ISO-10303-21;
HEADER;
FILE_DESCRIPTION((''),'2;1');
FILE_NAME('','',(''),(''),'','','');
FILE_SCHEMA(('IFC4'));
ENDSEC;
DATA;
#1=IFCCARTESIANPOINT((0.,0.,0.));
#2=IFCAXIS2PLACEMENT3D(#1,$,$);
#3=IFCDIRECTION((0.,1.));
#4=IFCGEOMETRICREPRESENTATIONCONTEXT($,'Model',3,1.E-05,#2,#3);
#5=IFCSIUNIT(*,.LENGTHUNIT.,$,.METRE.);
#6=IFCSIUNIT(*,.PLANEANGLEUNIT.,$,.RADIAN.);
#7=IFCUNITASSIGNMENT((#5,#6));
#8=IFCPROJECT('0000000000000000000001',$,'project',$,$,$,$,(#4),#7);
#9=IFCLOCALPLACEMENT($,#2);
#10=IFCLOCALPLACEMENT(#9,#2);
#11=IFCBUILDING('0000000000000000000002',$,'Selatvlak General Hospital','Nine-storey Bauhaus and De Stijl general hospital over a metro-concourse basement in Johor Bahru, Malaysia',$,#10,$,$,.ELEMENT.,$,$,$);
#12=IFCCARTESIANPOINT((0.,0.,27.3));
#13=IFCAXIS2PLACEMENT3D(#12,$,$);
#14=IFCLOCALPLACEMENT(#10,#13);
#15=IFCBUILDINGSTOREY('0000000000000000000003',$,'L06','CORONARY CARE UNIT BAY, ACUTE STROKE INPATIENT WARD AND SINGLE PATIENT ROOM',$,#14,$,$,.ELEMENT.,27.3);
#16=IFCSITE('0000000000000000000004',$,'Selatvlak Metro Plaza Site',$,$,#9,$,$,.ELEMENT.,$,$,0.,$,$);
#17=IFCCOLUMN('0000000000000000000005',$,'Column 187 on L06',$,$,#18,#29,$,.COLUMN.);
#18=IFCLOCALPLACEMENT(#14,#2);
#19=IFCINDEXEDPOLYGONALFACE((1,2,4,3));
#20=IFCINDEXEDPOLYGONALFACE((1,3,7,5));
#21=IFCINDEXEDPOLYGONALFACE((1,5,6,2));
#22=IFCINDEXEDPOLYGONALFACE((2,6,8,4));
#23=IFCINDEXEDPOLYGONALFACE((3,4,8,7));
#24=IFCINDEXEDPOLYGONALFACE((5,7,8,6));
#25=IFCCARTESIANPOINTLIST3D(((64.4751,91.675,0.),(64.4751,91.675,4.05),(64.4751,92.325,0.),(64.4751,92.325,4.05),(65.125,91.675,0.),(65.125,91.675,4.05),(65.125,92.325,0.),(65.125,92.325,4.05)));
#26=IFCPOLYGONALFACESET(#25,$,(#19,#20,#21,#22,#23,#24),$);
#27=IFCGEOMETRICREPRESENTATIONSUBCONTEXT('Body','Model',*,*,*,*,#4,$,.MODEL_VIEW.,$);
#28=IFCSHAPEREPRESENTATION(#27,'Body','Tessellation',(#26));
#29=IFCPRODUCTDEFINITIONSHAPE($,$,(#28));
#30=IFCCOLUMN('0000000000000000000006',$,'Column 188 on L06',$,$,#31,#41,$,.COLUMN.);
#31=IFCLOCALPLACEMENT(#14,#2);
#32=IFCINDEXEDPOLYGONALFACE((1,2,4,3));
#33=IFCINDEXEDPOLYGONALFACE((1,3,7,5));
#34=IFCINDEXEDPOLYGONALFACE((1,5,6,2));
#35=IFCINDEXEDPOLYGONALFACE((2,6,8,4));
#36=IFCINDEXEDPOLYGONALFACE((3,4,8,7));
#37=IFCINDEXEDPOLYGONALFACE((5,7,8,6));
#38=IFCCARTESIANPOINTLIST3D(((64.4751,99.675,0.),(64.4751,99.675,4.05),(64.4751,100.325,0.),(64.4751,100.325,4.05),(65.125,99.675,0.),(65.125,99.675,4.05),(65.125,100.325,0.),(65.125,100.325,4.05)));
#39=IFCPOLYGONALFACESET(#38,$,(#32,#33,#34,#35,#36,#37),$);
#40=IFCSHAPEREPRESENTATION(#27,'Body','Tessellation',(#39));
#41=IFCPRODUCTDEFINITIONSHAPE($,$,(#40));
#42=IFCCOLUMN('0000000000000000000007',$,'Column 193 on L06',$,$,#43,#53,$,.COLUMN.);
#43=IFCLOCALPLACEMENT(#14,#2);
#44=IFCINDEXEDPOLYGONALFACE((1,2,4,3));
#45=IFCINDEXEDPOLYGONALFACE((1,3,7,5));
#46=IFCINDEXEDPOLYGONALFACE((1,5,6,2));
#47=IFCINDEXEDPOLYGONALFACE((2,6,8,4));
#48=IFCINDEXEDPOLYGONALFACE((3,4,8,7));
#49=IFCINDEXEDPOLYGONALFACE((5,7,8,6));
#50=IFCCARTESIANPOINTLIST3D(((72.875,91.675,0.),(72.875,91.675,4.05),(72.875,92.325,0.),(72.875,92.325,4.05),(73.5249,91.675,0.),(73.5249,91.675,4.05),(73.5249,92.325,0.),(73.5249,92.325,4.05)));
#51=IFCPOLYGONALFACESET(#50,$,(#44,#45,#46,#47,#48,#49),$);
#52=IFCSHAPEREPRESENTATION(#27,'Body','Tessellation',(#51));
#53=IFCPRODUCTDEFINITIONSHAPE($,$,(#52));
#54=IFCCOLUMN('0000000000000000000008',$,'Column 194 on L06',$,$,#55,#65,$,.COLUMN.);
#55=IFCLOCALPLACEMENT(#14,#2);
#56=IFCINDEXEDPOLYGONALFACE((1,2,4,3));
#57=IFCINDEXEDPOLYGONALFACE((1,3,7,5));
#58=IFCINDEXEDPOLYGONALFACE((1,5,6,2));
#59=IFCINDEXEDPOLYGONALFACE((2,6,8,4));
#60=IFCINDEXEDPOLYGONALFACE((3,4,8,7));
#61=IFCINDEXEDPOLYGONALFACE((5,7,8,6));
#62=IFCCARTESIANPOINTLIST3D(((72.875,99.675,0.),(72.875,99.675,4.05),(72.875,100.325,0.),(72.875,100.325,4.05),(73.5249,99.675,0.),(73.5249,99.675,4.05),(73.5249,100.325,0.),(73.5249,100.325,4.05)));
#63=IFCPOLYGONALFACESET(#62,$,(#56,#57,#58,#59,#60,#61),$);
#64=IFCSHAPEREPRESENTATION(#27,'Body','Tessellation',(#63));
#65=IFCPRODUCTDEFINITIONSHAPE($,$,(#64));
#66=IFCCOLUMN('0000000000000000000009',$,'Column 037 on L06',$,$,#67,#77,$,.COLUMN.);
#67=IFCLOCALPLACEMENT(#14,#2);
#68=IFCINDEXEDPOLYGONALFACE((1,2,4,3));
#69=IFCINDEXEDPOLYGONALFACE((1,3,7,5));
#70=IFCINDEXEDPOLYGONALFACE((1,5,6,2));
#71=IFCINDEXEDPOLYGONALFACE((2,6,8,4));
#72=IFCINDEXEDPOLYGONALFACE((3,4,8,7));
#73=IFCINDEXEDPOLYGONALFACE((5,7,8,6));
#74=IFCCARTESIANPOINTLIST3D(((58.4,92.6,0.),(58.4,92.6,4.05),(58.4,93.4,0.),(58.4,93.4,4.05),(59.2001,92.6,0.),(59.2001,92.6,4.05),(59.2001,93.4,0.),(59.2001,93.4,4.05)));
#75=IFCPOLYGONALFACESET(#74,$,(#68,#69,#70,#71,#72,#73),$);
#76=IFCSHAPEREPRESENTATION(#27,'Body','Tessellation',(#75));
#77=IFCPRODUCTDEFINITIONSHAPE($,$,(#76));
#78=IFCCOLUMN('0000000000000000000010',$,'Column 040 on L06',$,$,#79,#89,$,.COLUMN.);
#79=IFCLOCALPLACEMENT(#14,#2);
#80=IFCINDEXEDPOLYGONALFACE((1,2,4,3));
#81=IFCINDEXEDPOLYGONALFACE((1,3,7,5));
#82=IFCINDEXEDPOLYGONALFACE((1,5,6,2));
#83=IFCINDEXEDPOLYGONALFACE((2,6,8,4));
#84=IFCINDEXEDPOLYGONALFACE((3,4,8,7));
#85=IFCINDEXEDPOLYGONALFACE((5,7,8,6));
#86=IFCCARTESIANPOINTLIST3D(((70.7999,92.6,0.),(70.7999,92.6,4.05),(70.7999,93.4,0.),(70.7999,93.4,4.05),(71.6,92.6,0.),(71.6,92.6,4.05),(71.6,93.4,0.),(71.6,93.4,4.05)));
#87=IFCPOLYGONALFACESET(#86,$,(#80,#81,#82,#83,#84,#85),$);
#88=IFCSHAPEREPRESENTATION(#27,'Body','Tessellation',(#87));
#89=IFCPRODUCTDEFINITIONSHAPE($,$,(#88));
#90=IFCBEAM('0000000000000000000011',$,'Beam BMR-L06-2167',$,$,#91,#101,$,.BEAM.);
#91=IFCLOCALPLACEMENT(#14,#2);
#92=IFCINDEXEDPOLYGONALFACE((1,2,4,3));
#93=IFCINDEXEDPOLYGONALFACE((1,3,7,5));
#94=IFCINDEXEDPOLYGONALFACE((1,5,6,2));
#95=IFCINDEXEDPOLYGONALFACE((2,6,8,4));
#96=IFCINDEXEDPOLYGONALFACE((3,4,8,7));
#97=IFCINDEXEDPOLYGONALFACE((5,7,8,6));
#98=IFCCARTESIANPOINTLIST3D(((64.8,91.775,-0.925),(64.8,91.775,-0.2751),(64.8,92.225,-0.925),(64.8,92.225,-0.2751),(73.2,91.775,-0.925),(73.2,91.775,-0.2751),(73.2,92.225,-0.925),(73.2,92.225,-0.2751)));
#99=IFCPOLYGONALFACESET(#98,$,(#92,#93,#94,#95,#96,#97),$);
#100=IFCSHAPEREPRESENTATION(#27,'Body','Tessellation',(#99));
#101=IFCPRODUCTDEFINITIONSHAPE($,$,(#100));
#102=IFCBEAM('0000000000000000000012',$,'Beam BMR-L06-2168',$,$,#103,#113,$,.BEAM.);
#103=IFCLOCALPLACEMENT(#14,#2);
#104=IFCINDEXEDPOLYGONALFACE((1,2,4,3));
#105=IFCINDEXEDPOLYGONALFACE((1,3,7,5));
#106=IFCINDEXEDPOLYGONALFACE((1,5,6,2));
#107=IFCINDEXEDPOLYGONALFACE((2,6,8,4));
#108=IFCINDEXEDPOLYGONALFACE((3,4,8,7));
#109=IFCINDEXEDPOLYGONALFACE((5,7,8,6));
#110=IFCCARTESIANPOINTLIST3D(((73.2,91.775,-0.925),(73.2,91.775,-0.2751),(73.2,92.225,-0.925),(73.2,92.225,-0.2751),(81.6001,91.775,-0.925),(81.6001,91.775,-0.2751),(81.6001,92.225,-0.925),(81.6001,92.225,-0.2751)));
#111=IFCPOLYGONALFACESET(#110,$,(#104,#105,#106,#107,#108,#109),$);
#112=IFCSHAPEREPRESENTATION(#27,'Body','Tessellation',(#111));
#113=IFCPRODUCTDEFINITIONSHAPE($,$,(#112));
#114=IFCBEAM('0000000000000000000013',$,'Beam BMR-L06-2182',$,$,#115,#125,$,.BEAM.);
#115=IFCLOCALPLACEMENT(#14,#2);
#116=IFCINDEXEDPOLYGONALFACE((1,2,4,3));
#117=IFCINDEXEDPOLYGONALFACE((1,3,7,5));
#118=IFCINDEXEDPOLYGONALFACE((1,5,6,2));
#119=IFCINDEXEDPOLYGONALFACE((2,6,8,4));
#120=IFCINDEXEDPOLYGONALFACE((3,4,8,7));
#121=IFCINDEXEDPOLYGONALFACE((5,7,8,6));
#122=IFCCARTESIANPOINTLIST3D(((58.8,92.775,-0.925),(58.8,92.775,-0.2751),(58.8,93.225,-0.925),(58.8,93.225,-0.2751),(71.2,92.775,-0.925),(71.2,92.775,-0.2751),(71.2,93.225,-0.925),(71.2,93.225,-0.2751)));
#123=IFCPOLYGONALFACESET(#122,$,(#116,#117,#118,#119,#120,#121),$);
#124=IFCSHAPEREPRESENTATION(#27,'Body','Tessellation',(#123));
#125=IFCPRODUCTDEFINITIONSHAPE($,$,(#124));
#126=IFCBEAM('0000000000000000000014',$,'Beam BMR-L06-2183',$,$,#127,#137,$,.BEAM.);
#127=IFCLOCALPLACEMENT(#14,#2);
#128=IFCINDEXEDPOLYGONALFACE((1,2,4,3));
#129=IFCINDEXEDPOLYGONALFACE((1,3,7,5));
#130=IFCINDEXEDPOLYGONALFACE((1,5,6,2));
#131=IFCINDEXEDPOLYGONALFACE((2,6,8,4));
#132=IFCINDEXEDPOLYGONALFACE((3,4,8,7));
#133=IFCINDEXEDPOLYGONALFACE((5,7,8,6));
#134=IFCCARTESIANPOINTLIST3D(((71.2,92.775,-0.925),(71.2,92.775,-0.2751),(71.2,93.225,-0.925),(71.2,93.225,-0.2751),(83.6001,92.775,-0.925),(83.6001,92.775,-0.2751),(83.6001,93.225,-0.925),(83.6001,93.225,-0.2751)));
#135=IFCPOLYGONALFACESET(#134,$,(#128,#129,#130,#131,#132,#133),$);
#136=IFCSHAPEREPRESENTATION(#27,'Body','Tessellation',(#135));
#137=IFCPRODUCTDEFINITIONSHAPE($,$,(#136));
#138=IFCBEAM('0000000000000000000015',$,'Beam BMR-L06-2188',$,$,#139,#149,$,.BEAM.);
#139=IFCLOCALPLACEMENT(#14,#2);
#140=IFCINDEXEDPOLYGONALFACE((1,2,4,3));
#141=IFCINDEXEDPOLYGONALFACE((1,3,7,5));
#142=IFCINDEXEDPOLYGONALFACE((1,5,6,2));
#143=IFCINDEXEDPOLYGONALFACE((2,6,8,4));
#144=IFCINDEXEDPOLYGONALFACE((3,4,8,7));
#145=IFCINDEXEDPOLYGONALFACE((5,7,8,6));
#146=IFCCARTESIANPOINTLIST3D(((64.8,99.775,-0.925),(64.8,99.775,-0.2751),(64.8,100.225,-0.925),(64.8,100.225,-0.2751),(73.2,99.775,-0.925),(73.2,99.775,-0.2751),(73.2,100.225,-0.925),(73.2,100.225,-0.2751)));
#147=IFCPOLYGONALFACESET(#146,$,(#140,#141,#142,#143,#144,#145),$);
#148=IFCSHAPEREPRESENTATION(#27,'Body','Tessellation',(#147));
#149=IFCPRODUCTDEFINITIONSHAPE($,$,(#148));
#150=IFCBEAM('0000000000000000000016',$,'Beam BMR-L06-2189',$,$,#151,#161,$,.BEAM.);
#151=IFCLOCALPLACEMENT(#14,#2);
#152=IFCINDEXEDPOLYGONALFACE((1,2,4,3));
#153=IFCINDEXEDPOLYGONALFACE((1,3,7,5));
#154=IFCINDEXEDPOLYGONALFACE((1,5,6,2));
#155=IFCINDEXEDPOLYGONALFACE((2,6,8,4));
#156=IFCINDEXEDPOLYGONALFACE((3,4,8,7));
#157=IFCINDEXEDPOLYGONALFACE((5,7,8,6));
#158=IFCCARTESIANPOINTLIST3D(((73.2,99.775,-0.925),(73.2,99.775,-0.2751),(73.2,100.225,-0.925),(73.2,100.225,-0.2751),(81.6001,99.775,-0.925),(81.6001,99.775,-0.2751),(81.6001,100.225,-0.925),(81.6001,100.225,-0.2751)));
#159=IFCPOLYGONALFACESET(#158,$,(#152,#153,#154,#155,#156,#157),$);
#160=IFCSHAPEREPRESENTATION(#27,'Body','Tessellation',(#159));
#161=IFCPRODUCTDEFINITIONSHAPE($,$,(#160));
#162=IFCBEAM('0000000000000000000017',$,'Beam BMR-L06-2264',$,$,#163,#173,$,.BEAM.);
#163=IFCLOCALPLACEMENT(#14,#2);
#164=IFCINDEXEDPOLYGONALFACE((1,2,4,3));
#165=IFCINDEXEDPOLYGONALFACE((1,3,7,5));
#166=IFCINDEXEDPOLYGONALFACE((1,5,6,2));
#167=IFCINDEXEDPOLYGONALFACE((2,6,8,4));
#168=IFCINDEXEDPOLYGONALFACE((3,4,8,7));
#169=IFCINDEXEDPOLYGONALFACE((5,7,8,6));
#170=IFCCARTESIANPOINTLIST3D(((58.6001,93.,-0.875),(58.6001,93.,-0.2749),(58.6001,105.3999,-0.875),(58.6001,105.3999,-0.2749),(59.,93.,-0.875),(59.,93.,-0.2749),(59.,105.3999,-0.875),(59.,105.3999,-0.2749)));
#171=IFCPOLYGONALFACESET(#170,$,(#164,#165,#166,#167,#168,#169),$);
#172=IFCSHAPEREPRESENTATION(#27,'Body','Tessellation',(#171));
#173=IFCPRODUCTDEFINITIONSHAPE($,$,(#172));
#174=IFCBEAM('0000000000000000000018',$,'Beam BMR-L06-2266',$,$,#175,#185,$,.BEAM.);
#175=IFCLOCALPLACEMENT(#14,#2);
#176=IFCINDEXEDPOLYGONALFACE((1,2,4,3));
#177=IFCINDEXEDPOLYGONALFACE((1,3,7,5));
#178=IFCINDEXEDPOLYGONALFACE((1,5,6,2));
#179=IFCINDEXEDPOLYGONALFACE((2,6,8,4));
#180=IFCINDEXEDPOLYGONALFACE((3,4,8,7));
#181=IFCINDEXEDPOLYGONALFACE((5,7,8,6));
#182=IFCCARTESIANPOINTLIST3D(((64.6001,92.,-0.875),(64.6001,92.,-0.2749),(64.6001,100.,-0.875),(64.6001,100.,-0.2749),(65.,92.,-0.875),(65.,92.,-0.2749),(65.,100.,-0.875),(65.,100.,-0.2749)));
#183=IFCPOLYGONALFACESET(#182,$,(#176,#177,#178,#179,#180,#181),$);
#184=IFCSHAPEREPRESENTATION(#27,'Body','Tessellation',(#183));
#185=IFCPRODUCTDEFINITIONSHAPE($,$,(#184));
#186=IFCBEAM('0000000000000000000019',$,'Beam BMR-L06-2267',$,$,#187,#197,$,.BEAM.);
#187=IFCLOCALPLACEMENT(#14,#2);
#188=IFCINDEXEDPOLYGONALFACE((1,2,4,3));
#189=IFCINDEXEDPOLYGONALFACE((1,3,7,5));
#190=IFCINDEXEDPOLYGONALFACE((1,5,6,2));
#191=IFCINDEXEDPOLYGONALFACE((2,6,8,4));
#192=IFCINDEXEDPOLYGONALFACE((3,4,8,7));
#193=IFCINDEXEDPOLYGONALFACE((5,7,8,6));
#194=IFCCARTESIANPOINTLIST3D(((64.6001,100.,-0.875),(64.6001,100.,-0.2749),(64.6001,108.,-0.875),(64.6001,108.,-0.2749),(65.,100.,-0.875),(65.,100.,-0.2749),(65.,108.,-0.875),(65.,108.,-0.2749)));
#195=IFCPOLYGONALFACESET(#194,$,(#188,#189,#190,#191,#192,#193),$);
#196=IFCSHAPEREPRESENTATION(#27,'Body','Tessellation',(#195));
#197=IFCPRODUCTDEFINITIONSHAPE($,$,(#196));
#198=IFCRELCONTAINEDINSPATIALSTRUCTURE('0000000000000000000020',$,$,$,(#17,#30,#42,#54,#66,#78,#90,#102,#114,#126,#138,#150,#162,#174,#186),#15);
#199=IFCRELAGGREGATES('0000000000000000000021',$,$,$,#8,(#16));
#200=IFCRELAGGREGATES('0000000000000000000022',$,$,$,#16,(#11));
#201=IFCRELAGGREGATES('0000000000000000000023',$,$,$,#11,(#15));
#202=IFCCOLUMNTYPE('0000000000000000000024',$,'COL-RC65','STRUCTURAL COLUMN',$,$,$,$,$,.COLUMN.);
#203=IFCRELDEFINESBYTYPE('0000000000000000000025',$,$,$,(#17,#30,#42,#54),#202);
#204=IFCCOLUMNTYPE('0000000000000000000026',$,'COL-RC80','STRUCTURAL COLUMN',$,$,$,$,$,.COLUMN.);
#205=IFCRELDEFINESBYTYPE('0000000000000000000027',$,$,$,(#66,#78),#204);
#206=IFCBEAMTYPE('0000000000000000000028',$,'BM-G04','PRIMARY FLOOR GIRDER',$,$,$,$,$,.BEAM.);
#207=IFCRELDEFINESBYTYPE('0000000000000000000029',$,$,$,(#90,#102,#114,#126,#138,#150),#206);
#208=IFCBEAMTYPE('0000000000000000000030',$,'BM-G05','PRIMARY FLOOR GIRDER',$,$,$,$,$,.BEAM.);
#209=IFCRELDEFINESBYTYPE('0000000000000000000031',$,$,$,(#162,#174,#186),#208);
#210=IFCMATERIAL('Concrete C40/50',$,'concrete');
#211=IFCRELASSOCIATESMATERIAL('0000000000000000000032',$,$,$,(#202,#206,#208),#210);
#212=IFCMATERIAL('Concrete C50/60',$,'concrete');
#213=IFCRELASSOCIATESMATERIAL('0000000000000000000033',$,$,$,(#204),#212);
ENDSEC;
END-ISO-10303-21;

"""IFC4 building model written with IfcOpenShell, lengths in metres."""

from ifc_helpers import new_model, si_unit, direction, frame, origin, origin_2d, place, context, subcontext, project, spatial, rectangle, extrude, material, material_profile, profile_set, type_object, element, save


model = new_model("IFC4")

# Units and contexts
model_context = context("Model", 3, precision=1e-05, world=origin(), true_north=direction((0.0, 1.0)))
body_context = subcontext(model_context, "Body", "Model", "MODEL_VIEW")
ifc_project = project(units=[si_unit("LENGTHUNIT", "METRE"), si_unit("PLANEANGLEUNIT", "RADIAN")], contexts=[model_context])

# Site, building, storey
site_placement = place(None, origin())
site = spatial("IfcSite", under=ifc_project, at=site_placement, Name="Selatvlak Metro Plaza Site", CompositionType="ELEMENT", RefElevation=0.0)
building_placement = place(site_placement, origin())
building = spatial("IfcBuilding", under=site, at=building_placement, Name="Selatvlak General Hospital", Description="Nine-storey Bauhaus and De Stijl general hospital over a metro-concourse basement in Johor Bahru, Malaysia", CompositionType="ELEMENT")
storey_placement = place(building_placement, frame((0.0, 0.0, 27.3)))
storey = spatial("IfcBuildingStorey", under=building, at=storey_placement, Name="L06", Description="CORONARY CARE UNIT BAY, ACUTE STROKE INPATIENT WARD AND SINGLE PATIENT ROOM", CompositionType="ELEMENT", Elevation=27.3)

# Columns
ifc_material_1 = material(Name="Concrete C40/50", Category="concrete")
ifc_material_profile_1 = material_profile(ifc_material_1, rectangle(XDim=0.6499, YDim=0.6499, at=origin_2d()), Name="RC-COL 650x650")
ifc_profile_set_1 = profile_set([ifc_material_profile_1], Name="Concrete C40/50")
column_type_1 = type_object("IfcColumnType", Name="COL-RC65", Description="STRUCTURAL COLUMN", PredefinedType="COLUMN", material=ifc_profile_set_1)
for number, where, z_axis, x_axis, name in (
    (1, (64.8, 92.0, 0.0), (0.0, 0.0, 1.0), (1.0, 0.0, 0.0), "Column 187 on L06"),
    (2, (64.8, 100.0, 0.0), (0.0, 0.0, 1.0), (1.0, 0.0, 0.0), "Column 188 on L06"),
    (3, (73.2, 92.0, 0.0), (0.0, 0.0, 1.0), (1.0, 0.0, 0.0), "Column 193 on L06"),
    (4, (73.2, 100.0, 0.0), (0.0, 0.0, 1.0), (1.0, 0.0, 0.0), "Column 194 on L06"),
):
    element("IfcColumn", number, at=place(storey_placement, frame(where, z_axis=z_axis, x_axis=x_axis)), inside=storey, type_object=column_type_1, Name=name, PredefinedType="COLUMN", context=body_context, shape_type="SweptSolid", body=[
        extrude(rectangle(XDim=0.6499, YDim=0.6499, at=origin_2d()), origin(), (0.0, 0.0, 1.0), 4.05),
    ])
ifc_material_2 = material(Name="Concrete C50/60", Category="concrete")
ifc_material_profile_2 = material_profile(ifc_material_2, rectangle(XDim=0.8, YDim=0.8, at=origin_2d()), Name="RC-COL 800x800")
ifc_profile_set_2 = profile_set([ifc_material_profile_2], Name="Concrete C50/60")
column_type_2 = type_object("IfcColumnType", Name="COL-RC80", Description="STRUCTURAL COLUMN", PredefinedType="COLUMN", material=ifc_profile_set_2)
for number, where, z_axis, x_axis, name in (
    (5, (58.8, 93.0, 0.0), (0.0, 0.0, 1.0), (1.0, 0.0, 0.0), "Column 037 on L06"),
    (6, (71.2, 93.0, 0.0), (0.0, 0.0, 1.0), (1.0, 0.0, 0.0), "Column 040 on L06"),
):
    element("IfcColumn", number, at=place(storey_placement, frame(where, z_axis=z_axis, x_axis=x_axis)), inside=storey, type_object=column_type_2, Name=name, PredefinedType="COLUMN", context=body_context, shape_type="SweptSolid", body=[
        extrude(rectangle(XDim=0.8, YDim=0.8, at=origin_2d()), origin(), (0.0, 0.0, 1.0), 4.05),
    ])

# Beams
ifc_material_profile_3 = material_profile(ifc_material_1, rectangle(XDim=0.45, YDim=0.6499, at=origin_2d()), Name="RC-BM 450x650")
ifc_profile_set_3 = profile_set([ifc_material_profile_3], Name="Concrete C40/50")
beam_type_1 = type_object("IfcBeamType", Name="BM-G04", Description="PRIMARY FLOOR GIRDER", PredefinedType="BEAM", material=ifc_profile_set_3)
beam_1_placement = place(storey_placement, frame((64.8, 92.0, -0.6001), z_axis=(1.0, 0.0, 0.0), x_axis=(0.0, 1.0, 0.0)))
element("IfcBeam", 7, at=beam_1_placement, inside=storey, type_object=beam_type_1, Name="Beam BMR-L06-2167", PredefinedType="BEAM", context=body_context, shape_type="SweptSolid", body=[
    extrude(rectangle(XDim=0.45, YDim=0.6499, at=origin_2d()), origin(), (0.0, 0.0, 1.0), 8.3999),
])
beam_2_placement = place(storey_placement, frame((73.2, 92.0, -0.6001), z_axis=(1.0, 0.0, 0.0), x_axis=(0.0, 1.0, 0.0)))
element("IfcBeam", 8, at=beam_2_placement, inside=storey, type_object=beam_type_1, Name="Beam BMR-L06-2168", PredefinedType="BEAM", context=body_context, shape_type="SweptSolid", body=[
    extrude(rectangle(XDim=0.45, YDim=0.6499, at=origin_2d()), origin(), (0.0, 0.0, 1.0), 8.4001),
])
beam_3_placement = place(storey_placement, frame((58.8, 93.0, -0.6001), z_axis=(1.0, 0.0, 0.0), x_axis=(0.0, 1.0, 0.0)))
element("IfcBeam", 9, at=beam_3_placement, inside=storey, type_object=beam_type_1, Name="Beam BMR-L06-2182", PredefinedType="BEAM", context=body_context, shape_type="SweptSolid", body=[
    extrude(rectangle(XDim=0.45, YDim=0.6499, at=origin_2d()), origin(), (0.0, 0.0, 1.0), 12.3999),
])
beam_4_placement = place(storey_placement, frame((71.2, 93.0, -0.6001), z_axis=(1.0, 0.0, 0.0), x_axis=(0.0, 1.0, 0.0)))
element("IfcBeam", 10, at=beam_4_placement, inside=storey, type_object=beam_type_1, Name="Beam BMR-L06-2183", PredefinedType="BEAM", context=body_context, shape_type="SweptSolid", body=[
    extrude(rectangle(XDim=0.45, YDim=0.6499, at=origin_2d()), origin(), (0.0, 0.0, 1.0), 12.4001),
])
beam_5_placement = place(storey_placement, frame((64.8, 100.0, -0.6001), z_axis=(1.0, 0.0, 0.0), x_axis=(0.0, 1.0, 0.0)))
element("IfcBeam", 11, at=beam_5_placement, inside=storey, type_object=beam_type_1, Name="Beam BMR-L06-2188", PredefinedType="BEAM", context=body_context, shape_type="SweptSolid", body=[
    extrude(rectangle(XDim=0.45, YDim=0.6499, at=origin_2d()), origin(), (0.0, 0.0, 1.0), 8.3999),
])
beam_6_placement = place(storey_placement, frame((73.2, 100.0, -0.6001), z_axis=(1.0, 0.0, 0.0), x_axis=(0.0, 1.0, 0.0)))
element("IfcBeam", 12, at=beam_6_placement, inside=storey, type_object=beam_type_1, Name="Beam BMR-L06-2189", PredefinedType="BEAM", context=body_context, shape_type="SweptSolid", body=[
    extrude(rectangle(XDim=0.45, YDim=0.6499, at=origin_2d()), origin(), (0.0, 0.0, 1.0), 8.4001),
])
ifc_material_profile_4 = material_profile(ifc_material_1, rectangle(XDim=0.3999, YDim=0.6001, at=origin_2d()), Name="RC-BM 400x600")
ifc_profile_set_4 = profile_set([ifc_material_profile_4], Name="Concrete C40/50")
beam_type_2 = type_object("IfcBeamType", Name="BM-G05", Description="PRIMARY FLOOR GIRDER", PredefinedType="BEAM", material=ifc_profile_set_4)
beam_7_placement = place(storey_placement, frame((58.8, 93.0, -0.575), z_axis=(0.0, 1.0, 0.0), x_axis=(-1.0, 0.0, 0.0)))
element("IfcBeam", 13, at=beam_7_placement, inside=storey, type_object=beam_type_2, Name="Beam BMR-L06-2264", PredefinedType="BEAM", context=body_context, shape_type="SweptSolid", body=[
    extrude(rectangle(XDim=0.3999, YDim=0.6001, at=origin_2d()), origin(), (0.0, 0.0, 1.0), 12.3999),
])
for number, where, z_axis, x_axis, name in (
    (14, (64.8, 92.0, -0.575), (0.0, 1.0, 0.0), (-1.0, 0.0, 0.0), "Beam BMR-L06-2266"),
    (15, (64.8, 100.0, -0.575), (0.0, 1.0, 0.0), (-1.0, 0.0, 0.0), "Beam BMR-L06-2267"),
):
    element("IfcBeam", number, at=place(storey_placement, frame(where, z_axis=z_axis, x_axis=x_axis)), inside=storey, type_object=beam_type_2, Name=name, PredefinedType="BEAM", context=body_context, shape_type="SweptSolid", body=[
        extrude(rectangle(XDim=0.3999, YDim=0.6001, at=origin_2d()), origin(), (0.0, 0.0, 1.0), 8.0),
    ])

save(model, "model.ifc")
